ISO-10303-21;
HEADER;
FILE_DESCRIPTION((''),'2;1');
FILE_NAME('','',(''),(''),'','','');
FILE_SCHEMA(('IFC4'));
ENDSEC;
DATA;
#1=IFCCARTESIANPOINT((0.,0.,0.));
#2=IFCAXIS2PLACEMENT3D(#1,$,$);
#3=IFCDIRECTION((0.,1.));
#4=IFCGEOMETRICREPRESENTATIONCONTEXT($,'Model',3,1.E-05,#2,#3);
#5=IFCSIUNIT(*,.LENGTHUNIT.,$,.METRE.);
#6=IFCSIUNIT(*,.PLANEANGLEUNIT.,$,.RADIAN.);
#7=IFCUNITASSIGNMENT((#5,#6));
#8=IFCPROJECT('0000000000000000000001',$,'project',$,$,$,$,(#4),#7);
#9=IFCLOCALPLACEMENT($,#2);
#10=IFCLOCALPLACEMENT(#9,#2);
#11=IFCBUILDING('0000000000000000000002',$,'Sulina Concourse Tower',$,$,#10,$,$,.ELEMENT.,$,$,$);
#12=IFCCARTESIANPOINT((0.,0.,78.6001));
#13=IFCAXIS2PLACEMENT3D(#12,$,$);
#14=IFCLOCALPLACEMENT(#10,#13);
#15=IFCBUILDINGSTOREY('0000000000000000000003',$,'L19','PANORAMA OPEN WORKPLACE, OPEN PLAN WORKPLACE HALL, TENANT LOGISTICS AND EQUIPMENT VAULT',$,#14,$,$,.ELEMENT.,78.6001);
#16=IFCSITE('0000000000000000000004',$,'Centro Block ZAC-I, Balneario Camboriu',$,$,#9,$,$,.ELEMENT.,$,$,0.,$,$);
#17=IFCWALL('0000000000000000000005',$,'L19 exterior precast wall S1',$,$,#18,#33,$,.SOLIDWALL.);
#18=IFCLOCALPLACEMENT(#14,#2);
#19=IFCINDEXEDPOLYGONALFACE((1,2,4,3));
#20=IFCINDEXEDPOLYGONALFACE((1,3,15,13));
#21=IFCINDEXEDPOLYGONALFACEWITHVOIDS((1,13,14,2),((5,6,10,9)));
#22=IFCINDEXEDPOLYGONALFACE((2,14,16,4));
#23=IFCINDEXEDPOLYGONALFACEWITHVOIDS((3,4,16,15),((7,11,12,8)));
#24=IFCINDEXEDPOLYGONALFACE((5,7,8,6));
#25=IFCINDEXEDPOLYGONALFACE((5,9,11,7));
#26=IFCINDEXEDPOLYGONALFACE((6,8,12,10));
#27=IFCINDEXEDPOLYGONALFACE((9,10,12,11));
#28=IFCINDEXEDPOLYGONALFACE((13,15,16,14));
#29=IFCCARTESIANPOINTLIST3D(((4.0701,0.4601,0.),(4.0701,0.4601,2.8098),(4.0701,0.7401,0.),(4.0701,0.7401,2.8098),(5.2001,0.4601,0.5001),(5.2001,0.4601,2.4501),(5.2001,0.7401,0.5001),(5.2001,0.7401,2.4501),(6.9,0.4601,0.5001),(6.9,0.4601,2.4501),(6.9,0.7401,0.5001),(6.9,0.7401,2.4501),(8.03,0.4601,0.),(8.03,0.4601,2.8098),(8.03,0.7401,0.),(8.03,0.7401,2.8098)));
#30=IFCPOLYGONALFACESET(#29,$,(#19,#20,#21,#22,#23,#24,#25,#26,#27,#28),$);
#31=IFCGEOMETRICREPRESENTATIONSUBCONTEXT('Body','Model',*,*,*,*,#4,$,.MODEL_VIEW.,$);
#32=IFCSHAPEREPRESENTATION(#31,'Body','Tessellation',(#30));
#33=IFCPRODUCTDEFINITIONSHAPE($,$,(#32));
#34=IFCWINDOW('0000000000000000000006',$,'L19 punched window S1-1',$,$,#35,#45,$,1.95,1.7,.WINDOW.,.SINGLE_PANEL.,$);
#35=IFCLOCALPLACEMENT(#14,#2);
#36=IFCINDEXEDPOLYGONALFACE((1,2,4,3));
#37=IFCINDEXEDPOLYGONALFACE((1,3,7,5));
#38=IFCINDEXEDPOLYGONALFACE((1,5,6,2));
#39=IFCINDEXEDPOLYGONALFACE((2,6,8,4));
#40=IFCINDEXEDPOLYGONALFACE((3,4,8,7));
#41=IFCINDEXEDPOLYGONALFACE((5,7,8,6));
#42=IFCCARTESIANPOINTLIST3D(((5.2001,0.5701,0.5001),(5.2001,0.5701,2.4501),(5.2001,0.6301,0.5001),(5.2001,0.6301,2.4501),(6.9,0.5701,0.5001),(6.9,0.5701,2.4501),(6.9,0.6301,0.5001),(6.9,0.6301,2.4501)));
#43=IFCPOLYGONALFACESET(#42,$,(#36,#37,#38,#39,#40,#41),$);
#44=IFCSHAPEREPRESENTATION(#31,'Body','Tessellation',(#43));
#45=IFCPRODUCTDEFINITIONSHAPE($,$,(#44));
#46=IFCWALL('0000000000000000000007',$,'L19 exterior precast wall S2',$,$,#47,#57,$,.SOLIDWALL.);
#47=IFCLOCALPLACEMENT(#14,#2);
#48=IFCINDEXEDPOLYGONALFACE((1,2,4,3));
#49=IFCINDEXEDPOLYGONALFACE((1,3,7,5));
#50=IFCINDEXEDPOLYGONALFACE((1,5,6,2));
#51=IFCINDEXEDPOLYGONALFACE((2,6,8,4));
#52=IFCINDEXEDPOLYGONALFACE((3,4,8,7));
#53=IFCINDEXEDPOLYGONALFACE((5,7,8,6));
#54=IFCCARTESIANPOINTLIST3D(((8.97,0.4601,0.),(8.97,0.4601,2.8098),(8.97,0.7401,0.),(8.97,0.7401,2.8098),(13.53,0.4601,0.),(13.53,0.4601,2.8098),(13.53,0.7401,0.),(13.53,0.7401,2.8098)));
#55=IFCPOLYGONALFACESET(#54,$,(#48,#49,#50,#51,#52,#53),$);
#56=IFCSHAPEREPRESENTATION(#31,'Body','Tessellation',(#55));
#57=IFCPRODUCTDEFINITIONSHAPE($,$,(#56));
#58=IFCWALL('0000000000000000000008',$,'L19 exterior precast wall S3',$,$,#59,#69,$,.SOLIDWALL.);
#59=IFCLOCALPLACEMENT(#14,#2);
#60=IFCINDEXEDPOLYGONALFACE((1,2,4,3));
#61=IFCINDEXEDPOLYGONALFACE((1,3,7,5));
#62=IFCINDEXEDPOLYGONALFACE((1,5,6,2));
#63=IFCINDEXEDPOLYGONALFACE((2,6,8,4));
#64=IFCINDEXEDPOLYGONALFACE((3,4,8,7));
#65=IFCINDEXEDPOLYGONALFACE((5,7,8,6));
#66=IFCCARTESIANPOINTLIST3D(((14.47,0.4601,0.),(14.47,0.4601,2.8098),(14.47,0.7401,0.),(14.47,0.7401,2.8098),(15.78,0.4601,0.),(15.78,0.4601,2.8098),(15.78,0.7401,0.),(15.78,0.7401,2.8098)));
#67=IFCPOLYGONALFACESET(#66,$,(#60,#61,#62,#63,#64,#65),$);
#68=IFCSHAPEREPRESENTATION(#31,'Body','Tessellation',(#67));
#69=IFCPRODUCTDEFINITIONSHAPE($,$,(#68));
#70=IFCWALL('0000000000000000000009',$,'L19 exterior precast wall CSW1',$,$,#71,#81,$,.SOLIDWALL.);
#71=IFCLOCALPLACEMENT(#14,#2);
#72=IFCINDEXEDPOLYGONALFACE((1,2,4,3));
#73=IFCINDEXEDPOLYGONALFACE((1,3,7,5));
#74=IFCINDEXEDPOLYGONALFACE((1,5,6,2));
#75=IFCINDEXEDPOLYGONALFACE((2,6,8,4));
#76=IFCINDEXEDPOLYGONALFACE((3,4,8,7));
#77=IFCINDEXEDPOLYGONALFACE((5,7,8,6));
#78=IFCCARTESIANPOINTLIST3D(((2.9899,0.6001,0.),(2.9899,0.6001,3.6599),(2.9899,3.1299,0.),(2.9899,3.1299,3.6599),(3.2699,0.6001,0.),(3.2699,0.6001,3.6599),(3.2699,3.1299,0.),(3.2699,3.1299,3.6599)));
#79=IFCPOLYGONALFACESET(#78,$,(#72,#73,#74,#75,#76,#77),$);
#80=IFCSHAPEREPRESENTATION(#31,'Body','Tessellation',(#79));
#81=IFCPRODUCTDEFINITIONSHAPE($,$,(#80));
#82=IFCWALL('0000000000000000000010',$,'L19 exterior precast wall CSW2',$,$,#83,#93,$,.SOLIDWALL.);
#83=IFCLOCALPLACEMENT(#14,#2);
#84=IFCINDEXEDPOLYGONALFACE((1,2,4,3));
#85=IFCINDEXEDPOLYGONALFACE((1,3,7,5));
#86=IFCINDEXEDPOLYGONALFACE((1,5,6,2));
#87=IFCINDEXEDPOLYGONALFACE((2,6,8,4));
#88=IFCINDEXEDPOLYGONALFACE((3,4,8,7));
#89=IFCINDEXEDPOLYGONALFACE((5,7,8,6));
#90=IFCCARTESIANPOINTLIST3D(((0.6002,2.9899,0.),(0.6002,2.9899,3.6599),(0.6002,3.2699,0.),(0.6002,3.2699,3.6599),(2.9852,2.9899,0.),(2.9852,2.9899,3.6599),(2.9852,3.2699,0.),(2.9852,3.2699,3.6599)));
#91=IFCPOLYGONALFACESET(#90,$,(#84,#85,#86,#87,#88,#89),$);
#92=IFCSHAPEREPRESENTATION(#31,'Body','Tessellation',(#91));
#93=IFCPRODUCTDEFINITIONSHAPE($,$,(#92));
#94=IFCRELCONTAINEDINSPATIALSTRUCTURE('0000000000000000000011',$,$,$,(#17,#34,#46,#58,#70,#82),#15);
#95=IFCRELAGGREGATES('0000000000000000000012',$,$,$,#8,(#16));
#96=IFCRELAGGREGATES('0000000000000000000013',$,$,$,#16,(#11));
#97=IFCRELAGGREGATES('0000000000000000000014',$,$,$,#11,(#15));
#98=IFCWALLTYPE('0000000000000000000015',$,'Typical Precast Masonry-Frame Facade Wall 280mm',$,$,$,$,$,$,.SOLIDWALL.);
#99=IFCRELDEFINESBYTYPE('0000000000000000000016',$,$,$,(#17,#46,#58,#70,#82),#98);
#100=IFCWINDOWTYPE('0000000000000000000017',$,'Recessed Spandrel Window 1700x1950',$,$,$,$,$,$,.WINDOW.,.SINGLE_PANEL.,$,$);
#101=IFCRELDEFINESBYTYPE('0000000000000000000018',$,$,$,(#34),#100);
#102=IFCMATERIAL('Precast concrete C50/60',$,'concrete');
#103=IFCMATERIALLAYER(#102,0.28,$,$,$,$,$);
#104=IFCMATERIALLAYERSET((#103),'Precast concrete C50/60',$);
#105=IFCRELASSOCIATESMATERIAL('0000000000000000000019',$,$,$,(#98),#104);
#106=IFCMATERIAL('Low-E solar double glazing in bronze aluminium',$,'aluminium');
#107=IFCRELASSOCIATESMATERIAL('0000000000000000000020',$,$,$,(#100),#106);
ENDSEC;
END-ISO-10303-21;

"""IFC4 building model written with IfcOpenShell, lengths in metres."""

from ifc_helpers import new_model, si_unit, direction, frame, frame_2d, origin, place, context, subcontext, project, spatial, rectangle, extrude, material, layer, layer_set, type_object, element, fill, save


model = new_model("IFC4")

# Units and contexts
model_context = context("Model", 3, precision=1e-05, world=origin(), true_north=direction((0.0, 1.0)))
body_context = subcontext(model_context, "Body", "Model", "MODEL_VIEW")
ifc_project = project(units=[si_unit("LENGTHUNIT", "METRE"), si_unit("PLANEANGLEUNIT", "RADIAN")], contexts=[model_context])

# Site, building, storey
site_placement = place(None, origin())
site = spatial("IfcSite", under=ifc_project, at=site_placement, Name="Centro Block ZAC-I, Balneario Camboriu", CompositionType="ELEMENT", RefElevation=0.0)
building_placement = place(site_placement, origin())
building = spatial("IfcBuilding", under=site, at=building_placement, Name="Sulina Concourse Tower", CompositionType="ELEMENT")
storey_placement = place(building_placement, frame((0.0, 0.0, 78.6001)))
storey = spatial("IfcBuildingStorey", under=building, at=storey_placement, Name="L19", Description="PANORAMA OPEN WORKPLACE, OPEN PLAN WORKPLACE HALL, TENANT LOGISTICS AND EQUIPMENT VAULT", CompositionType="ELEMENT", Elevation=78.6001)

# Wall, opening, window
ifc_material_1 = material(Name="Precast concrete C50/60", Category="concrete")
ifc_layer_1 = layer(ifc_material_1, 0.28)
ifc_layer_set_1 = layer_set([ifc_layer_1], Name="Precast concrete C50/60")
wall_type_1 = type_object("IfcWallType", Name="Typical Precast Masonry-Frame Facade Wall 280mm", PredefinedType="SOLIDWALL", material=ifc_layer_set_1)
wall_1_placement = place(storey_placement, frame((8.03, 0.6001, 0.0), z_axis=(0.0, 0.0, 1.0), x_axis=(-1.0, 0.0, 0.0)))
wall_1 = element("IfcWall", 1, at=wall_1_placement, inside=storey, type_object=wall_type_1, Name="L19 exterior precast wall S1", PredefinedType="SOLIDWALL", context=body_context, shape_type="SweptSolid", body=[
    extrude(rectangle(XDim=3.96, YDim=0.28, at=frame_2d((1.98, 0.0))), origin(), (0.0, 0.0, 1.0), 2.8098),
])
opening_placement = place(wall_1_placement, frame((1.1299, 0.0, 0.5)))
opening = element("IfcOpeningElement", 2, at=opening_placement, cuts=wall_1, PredefinedType="OPENING", context=body_context, shape_type="SweptSolid", body=[
    extrude(rectangle(XDim=1.7, YDim=1.95, at=frame_2d((0.8501, 0.9751))), frame((0.0, 0.1499, 0.0), z_axis=(0.0, -1.0, 0.0), x_axis=(1.0, 0.0, 0.0)), (0.0, 0.0, 1.0), 0.3),
])
ifc_material_2 = material(Name="Low-E solar double glazing in bronze aluminium", Category="aluminium")
window_type = type_object("IfcWindowType", Name="Recessed Spandrel Window 1700x1950", PartitioningType="SINGLE_PANEL", PredefinedType="WINDOW", material=ifc_material_2)
window_placement = place(opening_placement, origin())
window = element("IfcWindow", 3, at=window_placement, inside=storey, type_object=window_type, Name="L19 punched window S1-1", OverallHeight=1.95, OverallWidth=1.7, PartitioningType="SINGLE_PANEL", PredefinedType="WINDOW", context=body_context, shape_type="SweptSolid", body=[
    extrude(rectangle(XDim=1.7, YDim=1.95, at=frame_2d((0.8501, 0.9751))), frame((0.0, 0.03, 0.0), z_axis=(0.0, -1.0, 0.0), x_axis=(1.0, 0.0, 0.0)), (0.0, 0.0, 1.0), 0.0601),
])
fill(opening, window)

# Walls
wall_2_placement = place(storey_placement, frame((13.53, 0.6001, 0.0), z_axis=(0.0, 0.0, 1.0), x_axis=(-1.0, 0.0, 0.0)))
element("IfcWall", 4, at=wall_2_placement, inside=storey, type_object=wall_type_1, Name="L19 exterior precast wall S2", PredefinedType="SOLIDWALL", context=body_context, shape_type="SweptSolid", body=[
    extrude(rectangle(XDim=4.5601, YDim=0.28, at=frame_2d((2.28, 0.0))), origin(), (0.0, 0.0, 1.0), 2.8098),
])
wall_3_placement = place(storey_placement, frame((15.78, 0.6001, 0.0), z_axis=(0.0, 0.0, 1.0), x_axis=(-1.0, 0.0, 0.0)))
element("IfcWall", 5, at=wall_3_placement, inside=storey, type_object=wall_type_1, Name="L19 exterior precast wall S3", PredefinedType="SOLIDWALL", context=body_context, shape_type="SweptSolid", body=[
    extrude(rectangle(XDim=1.3101, YDim=0.28, at=frame_2d((0.655, 0.0))), origin(), (0.0, 0.0, 1.0), 2.8098),
])
wall_4_placement = place(storey_placement, frame((3.1299, 0.6001, 0.0), z_axis=(0.0, 0.0, 1.0), x_axis=(0.0, 1.0, 0.0)))
element("IfcWall", 6, at=wall_4_placement, inside=storey, type_object=wall_type_1, Name="L19 exterior precast wall CSW1", PredefinedType="SOLIDWALL", context=body_context, shape_type="SweptSolid", body=[
    extrude(rectangle(XDim=2.5298, YDim=0.28, at=frame_2d((1.2649, 0.0))), origin(), (0.0, 0.0, 1.0), 3.6599),
])
wall_5_placement = place(storey_placement, frame((2.9851, 3.1299, 0.0), z_axis=(0.0, 0.0, 1.0), x_axis=(-1.0, 0.0, 0.0)))
element("IfcWall", 7, at=wall_5_placement, inside=storey, type_object=wall_type_1, Name="L19 exterior precast wall CSW2", PredefinedType="SOLIDWALL", context=body_context, shape_type="SweptSolid", body=[
    extrude(rectangle(XDim=2.385, YDim=0.28, at=frame_2d((1.1924, 0.0))), origin(), (0.0, 0.0, 1.0), 3.6599),
])

save(model, "model.ifc")
